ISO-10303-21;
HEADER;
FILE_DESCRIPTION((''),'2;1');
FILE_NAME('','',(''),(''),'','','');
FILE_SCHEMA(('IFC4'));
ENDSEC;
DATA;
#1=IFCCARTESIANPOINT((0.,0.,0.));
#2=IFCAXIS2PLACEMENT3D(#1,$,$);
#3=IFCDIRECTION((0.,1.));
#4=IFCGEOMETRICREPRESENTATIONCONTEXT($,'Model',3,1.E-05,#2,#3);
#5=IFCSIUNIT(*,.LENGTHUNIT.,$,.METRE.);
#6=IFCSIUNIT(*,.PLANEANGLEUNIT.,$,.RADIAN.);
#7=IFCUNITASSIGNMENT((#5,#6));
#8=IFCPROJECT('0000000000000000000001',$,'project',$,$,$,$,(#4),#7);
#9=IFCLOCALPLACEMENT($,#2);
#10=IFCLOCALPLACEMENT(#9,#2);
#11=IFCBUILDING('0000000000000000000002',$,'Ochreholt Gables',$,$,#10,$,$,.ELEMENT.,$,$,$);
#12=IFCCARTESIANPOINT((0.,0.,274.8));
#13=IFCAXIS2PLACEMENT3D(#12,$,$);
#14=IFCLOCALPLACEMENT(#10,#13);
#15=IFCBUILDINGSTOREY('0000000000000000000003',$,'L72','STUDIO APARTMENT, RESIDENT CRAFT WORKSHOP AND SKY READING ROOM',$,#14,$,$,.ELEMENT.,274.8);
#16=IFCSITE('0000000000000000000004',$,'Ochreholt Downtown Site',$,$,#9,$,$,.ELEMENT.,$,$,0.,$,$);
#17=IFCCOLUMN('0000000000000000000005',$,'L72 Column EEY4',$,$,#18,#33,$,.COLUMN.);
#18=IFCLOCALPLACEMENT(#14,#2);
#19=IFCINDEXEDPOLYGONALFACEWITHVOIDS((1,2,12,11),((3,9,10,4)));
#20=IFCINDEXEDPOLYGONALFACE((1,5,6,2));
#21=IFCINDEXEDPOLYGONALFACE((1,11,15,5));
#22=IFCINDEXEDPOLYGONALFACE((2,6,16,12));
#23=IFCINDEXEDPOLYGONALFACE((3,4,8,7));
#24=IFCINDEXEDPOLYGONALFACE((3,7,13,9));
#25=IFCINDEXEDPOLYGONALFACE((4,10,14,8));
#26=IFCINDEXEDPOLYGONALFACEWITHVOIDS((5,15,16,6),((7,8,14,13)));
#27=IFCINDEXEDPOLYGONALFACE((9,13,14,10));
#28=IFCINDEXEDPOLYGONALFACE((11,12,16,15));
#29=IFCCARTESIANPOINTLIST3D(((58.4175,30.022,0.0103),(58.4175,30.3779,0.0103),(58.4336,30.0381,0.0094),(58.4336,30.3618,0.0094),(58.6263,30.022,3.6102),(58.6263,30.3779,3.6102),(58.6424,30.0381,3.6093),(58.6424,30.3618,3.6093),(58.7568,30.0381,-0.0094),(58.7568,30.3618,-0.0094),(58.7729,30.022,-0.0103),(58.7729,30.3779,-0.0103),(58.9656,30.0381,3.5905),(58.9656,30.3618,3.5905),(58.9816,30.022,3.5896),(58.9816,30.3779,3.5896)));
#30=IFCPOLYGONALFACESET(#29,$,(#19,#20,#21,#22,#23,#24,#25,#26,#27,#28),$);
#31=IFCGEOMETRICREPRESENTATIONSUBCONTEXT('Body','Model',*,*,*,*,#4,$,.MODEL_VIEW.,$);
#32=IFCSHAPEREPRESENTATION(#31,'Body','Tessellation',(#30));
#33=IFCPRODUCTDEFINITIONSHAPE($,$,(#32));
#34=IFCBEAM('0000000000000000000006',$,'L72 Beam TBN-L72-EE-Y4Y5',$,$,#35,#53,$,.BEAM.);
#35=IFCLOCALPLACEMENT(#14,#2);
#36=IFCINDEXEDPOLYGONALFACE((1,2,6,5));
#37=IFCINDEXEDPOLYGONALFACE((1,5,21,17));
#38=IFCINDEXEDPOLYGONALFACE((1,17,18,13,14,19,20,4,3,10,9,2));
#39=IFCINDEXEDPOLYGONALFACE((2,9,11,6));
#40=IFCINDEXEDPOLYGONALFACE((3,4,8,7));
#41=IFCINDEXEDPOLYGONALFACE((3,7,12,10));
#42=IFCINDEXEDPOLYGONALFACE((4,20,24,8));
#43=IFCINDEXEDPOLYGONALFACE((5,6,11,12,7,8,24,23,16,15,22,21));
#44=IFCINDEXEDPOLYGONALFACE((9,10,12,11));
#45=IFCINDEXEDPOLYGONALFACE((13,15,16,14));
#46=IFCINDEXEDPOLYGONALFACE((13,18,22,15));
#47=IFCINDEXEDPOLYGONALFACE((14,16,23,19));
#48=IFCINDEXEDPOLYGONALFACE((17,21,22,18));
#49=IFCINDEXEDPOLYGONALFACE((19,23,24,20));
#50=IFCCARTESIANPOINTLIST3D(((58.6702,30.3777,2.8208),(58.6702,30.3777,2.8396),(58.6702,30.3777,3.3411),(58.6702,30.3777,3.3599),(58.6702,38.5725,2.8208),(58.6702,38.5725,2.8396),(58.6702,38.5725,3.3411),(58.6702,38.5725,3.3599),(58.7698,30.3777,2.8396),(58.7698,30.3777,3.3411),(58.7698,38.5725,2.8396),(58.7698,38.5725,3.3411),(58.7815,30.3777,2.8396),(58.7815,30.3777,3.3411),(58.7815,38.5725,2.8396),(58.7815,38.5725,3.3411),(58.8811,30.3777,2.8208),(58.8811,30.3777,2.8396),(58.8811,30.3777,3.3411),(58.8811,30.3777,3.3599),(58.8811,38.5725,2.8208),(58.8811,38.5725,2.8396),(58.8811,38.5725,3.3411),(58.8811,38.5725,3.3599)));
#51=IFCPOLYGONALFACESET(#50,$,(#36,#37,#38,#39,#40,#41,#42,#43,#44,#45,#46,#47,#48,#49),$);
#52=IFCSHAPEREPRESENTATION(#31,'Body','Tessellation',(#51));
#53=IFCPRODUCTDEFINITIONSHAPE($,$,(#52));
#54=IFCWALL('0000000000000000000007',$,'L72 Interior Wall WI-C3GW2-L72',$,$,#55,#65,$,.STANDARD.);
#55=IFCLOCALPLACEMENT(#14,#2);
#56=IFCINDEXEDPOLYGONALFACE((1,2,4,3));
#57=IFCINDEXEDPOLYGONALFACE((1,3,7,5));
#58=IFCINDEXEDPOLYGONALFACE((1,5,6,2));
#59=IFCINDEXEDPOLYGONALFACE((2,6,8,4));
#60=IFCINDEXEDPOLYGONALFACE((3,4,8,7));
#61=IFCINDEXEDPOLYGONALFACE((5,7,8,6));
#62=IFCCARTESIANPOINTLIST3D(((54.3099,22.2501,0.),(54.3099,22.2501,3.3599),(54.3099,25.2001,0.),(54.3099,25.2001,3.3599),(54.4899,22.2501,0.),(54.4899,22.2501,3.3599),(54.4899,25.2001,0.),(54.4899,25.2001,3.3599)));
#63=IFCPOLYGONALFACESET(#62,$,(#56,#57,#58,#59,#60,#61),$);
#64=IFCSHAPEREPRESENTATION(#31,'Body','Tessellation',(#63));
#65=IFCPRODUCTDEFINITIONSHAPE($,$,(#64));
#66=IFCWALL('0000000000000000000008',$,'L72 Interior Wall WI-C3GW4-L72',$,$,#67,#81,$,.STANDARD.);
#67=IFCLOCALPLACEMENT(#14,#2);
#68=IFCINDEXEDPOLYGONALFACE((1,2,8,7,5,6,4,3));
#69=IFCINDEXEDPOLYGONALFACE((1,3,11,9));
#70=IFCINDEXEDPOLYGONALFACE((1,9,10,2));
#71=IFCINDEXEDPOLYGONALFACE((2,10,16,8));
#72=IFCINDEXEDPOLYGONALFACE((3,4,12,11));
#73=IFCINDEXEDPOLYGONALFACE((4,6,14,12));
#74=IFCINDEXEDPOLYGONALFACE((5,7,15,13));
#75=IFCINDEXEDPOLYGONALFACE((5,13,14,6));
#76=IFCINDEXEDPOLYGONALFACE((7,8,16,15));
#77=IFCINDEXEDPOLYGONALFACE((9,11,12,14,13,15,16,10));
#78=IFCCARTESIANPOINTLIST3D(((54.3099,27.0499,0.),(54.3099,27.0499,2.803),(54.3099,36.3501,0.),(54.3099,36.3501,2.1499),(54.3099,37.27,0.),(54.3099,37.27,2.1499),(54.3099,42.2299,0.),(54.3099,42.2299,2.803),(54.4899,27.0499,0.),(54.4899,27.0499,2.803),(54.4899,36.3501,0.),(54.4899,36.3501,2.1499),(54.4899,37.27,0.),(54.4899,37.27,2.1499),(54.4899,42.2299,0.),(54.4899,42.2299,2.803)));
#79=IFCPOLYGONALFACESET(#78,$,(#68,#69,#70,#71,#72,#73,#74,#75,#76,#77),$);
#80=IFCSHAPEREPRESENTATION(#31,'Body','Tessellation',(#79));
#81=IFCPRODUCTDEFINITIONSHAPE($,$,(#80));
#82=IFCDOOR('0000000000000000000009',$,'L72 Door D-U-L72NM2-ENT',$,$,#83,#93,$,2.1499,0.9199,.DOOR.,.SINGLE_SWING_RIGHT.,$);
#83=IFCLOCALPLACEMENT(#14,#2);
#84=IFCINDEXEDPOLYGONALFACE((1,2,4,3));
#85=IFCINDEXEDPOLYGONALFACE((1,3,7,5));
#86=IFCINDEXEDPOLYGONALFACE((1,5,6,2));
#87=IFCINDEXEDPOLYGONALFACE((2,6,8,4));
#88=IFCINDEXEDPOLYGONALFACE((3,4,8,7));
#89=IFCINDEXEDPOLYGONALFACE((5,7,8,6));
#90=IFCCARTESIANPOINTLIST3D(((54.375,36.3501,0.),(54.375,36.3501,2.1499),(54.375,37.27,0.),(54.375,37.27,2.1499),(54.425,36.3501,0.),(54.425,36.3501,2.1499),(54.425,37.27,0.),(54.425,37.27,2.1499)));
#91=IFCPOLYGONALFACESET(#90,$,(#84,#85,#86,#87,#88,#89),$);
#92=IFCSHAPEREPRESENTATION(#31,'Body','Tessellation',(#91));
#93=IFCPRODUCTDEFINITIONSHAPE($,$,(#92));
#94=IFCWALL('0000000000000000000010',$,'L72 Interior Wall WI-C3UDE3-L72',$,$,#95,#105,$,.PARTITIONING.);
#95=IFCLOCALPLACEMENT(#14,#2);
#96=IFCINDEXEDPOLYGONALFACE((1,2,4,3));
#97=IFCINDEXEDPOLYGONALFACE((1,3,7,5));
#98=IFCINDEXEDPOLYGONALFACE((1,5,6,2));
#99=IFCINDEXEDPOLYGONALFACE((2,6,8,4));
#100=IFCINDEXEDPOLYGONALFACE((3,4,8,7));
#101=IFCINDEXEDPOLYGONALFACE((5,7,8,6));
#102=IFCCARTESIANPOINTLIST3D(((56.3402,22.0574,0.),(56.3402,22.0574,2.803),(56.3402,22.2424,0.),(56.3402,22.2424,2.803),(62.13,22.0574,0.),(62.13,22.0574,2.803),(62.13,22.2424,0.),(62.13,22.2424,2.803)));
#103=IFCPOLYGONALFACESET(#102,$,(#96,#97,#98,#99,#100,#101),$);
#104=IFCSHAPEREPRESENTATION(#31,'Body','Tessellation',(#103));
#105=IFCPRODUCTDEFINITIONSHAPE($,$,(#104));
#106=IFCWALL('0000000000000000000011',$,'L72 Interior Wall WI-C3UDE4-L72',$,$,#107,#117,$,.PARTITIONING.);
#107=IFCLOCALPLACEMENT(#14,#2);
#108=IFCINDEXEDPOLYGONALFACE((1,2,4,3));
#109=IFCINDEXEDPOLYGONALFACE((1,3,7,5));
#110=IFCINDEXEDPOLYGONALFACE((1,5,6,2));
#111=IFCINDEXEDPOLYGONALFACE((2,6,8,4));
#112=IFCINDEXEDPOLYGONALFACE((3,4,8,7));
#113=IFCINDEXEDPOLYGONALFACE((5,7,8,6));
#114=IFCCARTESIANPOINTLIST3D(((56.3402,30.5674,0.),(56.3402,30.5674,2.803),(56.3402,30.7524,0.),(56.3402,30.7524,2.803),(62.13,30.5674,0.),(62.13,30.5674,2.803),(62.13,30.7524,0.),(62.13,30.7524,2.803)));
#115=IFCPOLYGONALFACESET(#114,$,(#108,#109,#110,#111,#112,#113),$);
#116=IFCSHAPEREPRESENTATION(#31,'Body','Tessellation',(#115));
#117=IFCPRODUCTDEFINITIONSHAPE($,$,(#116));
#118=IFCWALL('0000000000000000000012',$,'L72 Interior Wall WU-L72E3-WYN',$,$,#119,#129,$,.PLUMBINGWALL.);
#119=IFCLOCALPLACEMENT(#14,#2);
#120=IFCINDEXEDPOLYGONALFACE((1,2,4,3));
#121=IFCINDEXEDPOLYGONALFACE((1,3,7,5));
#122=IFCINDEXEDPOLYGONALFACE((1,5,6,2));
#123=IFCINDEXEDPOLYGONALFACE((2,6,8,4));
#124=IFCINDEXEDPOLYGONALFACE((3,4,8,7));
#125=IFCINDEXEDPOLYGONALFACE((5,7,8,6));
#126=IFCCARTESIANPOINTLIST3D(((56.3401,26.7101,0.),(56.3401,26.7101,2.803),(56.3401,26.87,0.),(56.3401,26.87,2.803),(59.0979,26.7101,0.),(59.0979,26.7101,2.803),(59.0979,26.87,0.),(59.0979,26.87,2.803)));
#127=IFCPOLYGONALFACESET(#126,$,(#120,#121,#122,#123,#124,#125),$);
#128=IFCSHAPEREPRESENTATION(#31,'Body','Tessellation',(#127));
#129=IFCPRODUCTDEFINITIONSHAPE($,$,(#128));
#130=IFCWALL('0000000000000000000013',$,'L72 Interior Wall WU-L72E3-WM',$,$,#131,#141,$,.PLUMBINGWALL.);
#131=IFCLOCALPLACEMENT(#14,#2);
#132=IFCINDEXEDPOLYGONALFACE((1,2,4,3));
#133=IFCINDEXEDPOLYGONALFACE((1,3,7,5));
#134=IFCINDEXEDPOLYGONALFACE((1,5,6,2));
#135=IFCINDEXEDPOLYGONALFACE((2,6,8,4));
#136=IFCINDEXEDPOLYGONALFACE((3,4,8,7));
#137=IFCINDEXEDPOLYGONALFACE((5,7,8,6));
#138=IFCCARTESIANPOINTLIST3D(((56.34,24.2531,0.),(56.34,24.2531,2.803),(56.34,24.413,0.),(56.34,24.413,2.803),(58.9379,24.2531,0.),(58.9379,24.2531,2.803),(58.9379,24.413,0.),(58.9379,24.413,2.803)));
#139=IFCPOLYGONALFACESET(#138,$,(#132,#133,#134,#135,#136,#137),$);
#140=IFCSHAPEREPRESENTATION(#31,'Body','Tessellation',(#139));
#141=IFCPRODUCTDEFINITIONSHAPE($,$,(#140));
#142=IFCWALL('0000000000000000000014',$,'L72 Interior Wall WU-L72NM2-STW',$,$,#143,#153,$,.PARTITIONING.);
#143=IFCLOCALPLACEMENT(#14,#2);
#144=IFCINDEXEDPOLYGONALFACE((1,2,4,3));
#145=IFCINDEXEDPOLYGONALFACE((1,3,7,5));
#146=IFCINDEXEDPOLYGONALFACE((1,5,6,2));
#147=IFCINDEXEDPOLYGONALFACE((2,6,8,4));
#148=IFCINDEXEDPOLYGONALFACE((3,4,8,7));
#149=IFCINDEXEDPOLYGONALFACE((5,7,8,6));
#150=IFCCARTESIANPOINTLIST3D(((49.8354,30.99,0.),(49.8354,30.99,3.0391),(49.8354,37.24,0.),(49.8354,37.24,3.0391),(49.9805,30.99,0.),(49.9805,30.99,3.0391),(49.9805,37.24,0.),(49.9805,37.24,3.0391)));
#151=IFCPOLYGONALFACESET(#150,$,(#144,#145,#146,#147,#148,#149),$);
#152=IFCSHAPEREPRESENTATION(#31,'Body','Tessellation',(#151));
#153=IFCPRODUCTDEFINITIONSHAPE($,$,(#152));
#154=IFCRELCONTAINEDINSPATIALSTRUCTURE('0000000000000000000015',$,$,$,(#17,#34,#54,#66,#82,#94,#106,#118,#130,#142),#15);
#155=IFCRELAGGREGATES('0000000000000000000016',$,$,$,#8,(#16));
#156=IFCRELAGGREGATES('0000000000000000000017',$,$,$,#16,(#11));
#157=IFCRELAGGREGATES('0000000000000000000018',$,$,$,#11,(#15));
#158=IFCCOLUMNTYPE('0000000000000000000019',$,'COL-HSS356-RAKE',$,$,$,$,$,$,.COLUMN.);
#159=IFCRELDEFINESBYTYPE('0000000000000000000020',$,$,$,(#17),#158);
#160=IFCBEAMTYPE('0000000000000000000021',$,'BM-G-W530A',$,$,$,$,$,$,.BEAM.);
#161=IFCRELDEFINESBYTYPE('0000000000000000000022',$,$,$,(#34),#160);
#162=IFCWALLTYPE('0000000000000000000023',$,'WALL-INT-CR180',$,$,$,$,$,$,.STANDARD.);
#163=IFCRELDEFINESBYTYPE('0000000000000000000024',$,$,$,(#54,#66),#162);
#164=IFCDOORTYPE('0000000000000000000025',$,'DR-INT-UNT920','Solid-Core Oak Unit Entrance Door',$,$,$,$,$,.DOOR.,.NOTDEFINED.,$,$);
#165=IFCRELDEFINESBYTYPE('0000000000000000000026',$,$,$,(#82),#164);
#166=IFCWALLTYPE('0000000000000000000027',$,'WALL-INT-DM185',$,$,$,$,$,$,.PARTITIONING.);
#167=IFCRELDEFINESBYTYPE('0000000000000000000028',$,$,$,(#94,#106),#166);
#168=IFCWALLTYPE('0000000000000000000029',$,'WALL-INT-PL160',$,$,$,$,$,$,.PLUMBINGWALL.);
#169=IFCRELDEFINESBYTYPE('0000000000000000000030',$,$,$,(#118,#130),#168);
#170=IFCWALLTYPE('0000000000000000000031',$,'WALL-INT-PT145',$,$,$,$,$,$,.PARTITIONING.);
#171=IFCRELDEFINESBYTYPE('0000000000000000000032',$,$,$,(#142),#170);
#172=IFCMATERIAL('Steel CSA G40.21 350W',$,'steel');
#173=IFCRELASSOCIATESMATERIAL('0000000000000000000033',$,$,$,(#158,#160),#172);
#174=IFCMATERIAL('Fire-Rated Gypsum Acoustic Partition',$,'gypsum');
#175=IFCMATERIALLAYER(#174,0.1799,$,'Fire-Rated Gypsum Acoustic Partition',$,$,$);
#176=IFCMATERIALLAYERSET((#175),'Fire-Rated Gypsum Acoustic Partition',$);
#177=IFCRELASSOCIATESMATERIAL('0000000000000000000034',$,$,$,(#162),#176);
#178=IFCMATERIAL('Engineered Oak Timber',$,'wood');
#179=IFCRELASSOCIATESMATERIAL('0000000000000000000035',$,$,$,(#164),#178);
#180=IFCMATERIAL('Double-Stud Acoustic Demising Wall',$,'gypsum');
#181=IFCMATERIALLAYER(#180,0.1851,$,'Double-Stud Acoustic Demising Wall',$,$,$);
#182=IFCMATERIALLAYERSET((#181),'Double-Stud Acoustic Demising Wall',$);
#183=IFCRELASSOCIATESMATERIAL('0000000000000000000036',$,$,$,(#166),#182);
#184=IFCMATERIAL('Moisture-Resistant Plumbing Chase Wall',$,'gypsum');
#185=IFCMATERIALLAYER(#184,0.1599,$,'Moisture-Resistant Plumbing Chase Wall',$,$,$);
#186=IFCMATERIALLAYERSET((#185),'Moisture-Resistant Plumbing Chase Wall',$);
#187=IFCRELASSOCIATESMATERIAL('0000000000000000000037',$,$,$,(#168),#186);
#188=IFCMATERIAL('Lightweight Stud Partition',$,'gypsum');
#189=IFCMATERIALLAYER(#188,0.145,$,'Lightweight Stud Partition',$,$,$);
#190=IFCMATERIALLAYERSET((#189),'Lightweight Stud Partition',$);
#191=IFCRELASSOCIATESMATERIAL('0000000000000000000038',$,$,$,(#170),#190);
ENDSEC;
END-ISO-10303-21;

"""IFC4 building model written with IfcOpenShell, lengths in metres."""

from ifc_helpers import new_model, si_unit, direction, frame, frame_2d, origin, origin_2d, place, context, subcontext, project, spatial, rectangle, hollow_rectangle, i_section, extrude, material, layer, layer_set, material_profile, profile_set, type_object, element, fill, save


model = new_model("IFC4")

# Units and contexts
model_context = context("Model", 3, precision=1e-05, world=origin(), true_north=direction((0.0, 1.0)))
body_context = subcontext(model_context, "Body", "Model", "MODEL_VIEW")
ifc_project = project(units=[si_unit("LENGTHUNIT", "METRE"), si_unit("PLANEANGLEUNIT", "RADIAN")], contexts=[model_context])

# Site, building, storey
site_placement = place(None, origin())
site = spatial("IfcSite", under=ifc_project, at=site_placement, Name="Ochreholt Downtown Site", CompositionType="ELEMENT", RefElevation=0.0)
building_placement = place(site_placement, origin())
building = spatial("IfcBuilding", under=site, at=building_placement, Name="Ochreholt Gables", CompositionType="ELEMENT")
storey_placement = place(building_placement, frame((0.0, 0.0, 274.8)))
storey = spatial("IfcBuildingStorey", under=building, at=storey_placement, Name="L72", Description="STUDIO APARTMENT, RESIDENT CRAFT WORKSHOP AND SKY READING ROOM", CompositionType="ELEMENT", Elevation=274.8)

# Column
ifc_material_1 = material(Name="Steel CSA G40.21 350W", Category="steel")
ifc_material_profile_1 = material_profile(ifc_material_1, hollow_rectangle(XDim=0.356, YDim=0.356, WallThickness=0.0161, at=origin_2d()), Name="HSS356X356X16")
ifc_profile_set_1 = profile_set([ifc_material_profile_1], Name="Steel CSA G40.21 350W")
column_type = type_object("IfcColumnType", Name="COL-HSS356-RAKE", PredefinedType="COLUMN", material=ifc_profile_set_1)
column_placement = place(storey_placement, frame((58.5952, 30.2, 0.0), z_axis=(0.057889, 0.0, 0.998323), x_axis=(0.0, 1.0, 0.0)))
element("IfcColumn", 1, at=column_placement, inside=storey, type_object=column_type, Name="L72 Column EEY4", PredefinedType="COLUMN", context=body_context, shape_type="SweptSolid", body=[
    extrude(hollow_rectangle(XDim=0.356, YDim=0.356, WallThickness=0.0161, at=origin_2d()), origin(), (0.0, 0.0, 1.0), 3.606),
])

# Beam
ifc_material_profile_2 = material_profile(ifc_material_1, i_section(OverallWidth=0.2109, OverallDepth=0.5391, WebThickness=0.0117, FlangeThickness=0.0188, at=origin_2d()), Name="W530X109")
ifc_profile_set_2 = profile_set([ifc_material_profile_2], Name="Steel CSA G40.21 350W")
beam_type = type_object("IfcBeamType", Name="BM-G-W530A", PredefinedType="BEAM", material=ifc_profile_set_2)
beam_placement = place(storey_placement, frame((58.7756, 30.3777, 3.0903), z_axis=(0.0, 1.0, 0.0), x_axis=(-1.0, 0.0, 0.0)))
element("IfcBeam", 2, at=beam_placement, inside=storey, type_object=beam_type, Name="L72 Beam TBN-L72-EE-Y4Y5", PredefinedType="BEAM", context=body_context, shape_type="SweptSolid", body=[
    extrude(i_section(OverallWidth=0.2109, OverallDepth=0.5391, WebThickness=0.0117, FlangeThickness=0.0188, at=origin_2d()), origin(), (0.0, 0.0, 1.0), 8.1948),
])

# Wall
ifc_material_2 = material(Name="Fire-Rated Gypsum Acoustic Partition", Category="gypsum")
ifc_layer_1 = layer(ifc_material_2, 0.1799, Name="Fire-Rated Gypsum Acoustic Partition")
ifc_layer_set_1 = layer_set([ifc_layer_1], Name="Fire-Rated Gypsum Acoustic Partition")
wall_type_1 = type_object("IfcWallType", Name="WALL-INT-CR180", PredefinedType="STANDARD", material=ifc_layer_set_1)
wall_1_placement = place(storey_placement, frame((54.3999, 22.25, 0.0), z_axis=(0.0, 0.0, 1.0), x_axis=(0.0, 1.0, 0.0)))
element("IfcWall", 3, at=wall_1_placement, inside=storey, type_object=wall_type_1, Name="L72 Interior Wall WI-C3GW2-L72", PredefinedType="STANDARD", context=body_context, shape_type="SweptSolid", body=[
    extrude(rectangle(XDim=2.95, YDim=0.1799, at=frame_2d((1.4751, 0.0))), origin(), (0.0, 0.0, 1.0), 3.3599),
])

# Wall, opening, door
wall_2_placement = place(storey_placement, frame((54.3999, 27.05, 0.0), z_axis=(0.0, 0.0, 1.0), x_axis=(0.0, 1.0, 0.0)))
wall_2 = element("IfcWall", 4, at=wall_2_placement, inside=storey, type_object=wall_type_1, Name="L72 Interior Wall WI-C3GW4-L72", PredefinedType="STANDARD", context=body_context, shape_type="SweptSolid", body=[
    extrude(rectangle(XDim=15.1799, YDim=0.1799, at=frame_2d((7.5898, 0.0))), origin(), (0.0, 0.0, 1.0), 2.803),
])
opening_1_placement = place(wall_2_placement, frame((9.3, 0.0, 0.0)))
opening_1 = element("IfcOpeningElement", 5, at=opening_1_placement, cuts=wall_2, PredefinedType="OPENING", context=body_context, shape_type="SweptSolid", body=[
    extrude(rectangle(XDim=0.9199, YDim=2.1499, at=frame_2d((0.46, 1.075))), frame((0.0, 0.0999, 0.0), z_axis=(0.0, -1.0, 0.0), x_axis=(1.0, 0.0, 0.0)), (0.0, 0.0, 1.0), 0.2),
])
ifc_material_3 = material(Name="Engineered Oak Timber", Category="wood")
door_type_1 = type_object("IfcDoorType", Name="DR-INT-UNT920", Description="Solid-Core Oak Unit Entrance Door", OperationType="NOTDEFINED", PredefinedType="DOOR", material=ifc_material_3)
door_1_placement = place(opening_1_placement, origin())
door_1 = element("IfcDoor", 6, at=door_1_placement, inside=storey, type_object=door_type_1, Name="L72 Door D-U-L72NM2-ENT", OperationType="SINGLE_SWING_RIGHT", OverallHeight=2.1499, OverallWidth=0.9199, PredefinedType="DOOR", context=body_context, shape_type="SweptSolid", body=[
    extrude(rectangle(XDim=0.9199, YDim=2.1499, at=frame_2d((0.46, 1.075))), frame((0.0, 0.0249, 0.0), z_axis=(0.0, -1.0, 0.0), x_axis=(1.0, 0.0, 0.0)), (0.0, 0.0, 1.0), 0.05),
])
fill(opening_1, door_1)

# Walls
ifc_material_4 = material(Name="Double-Stud Acoustic Demising Wall", Category="gypsum")
ifc_layer_2 = layer(ifc_material_4, 0.1851, Name="Double-Stud Acoustic Demising Wall")
ifc_layer_set_2 = layer_set([ifc_layer_2], Name="Double-Stud Acoustic Demising Wall")
wall_type_2 = type_object("IfcWallType", Name="WALL-INT-DM185", PredefinedType="PARTITIONING", material=ifc_layer_set_2)
for number, where, z_axis, x_axis, name in (
    (7, (56.3401, 22.1499, 0.0), (0.0, 0.0, 1.0), (1.0, 0.0, 0.0), "L72 Interior Wall WI-C3UDE3-L72"),
    (8, (56.3401, 30.6599, 0.0), (0.0, 0.0, 1.0), (1.0, 0.0, 0.0), "L72 Interior Wall WI-C3UDE4-L72"),
):
    element("IfcWall", number, at=place(storey_placement, frame(where, z_axis=z_axis, x_axis=x_axis)), inside=storey, type_object=wall_type_2, Name=name, PredefinedType="PARTITIONING", context=body_context, shape_type="SweptSolid", body=[
        extrude(rectangle(XDim=5.7898, YDim=0.1851, at=frame_2d((2.895, 0.0))), origin(), (0.0, 0.0, 1.0), 2.803),
    ])
ifc_material_5 = material(Name="Moisture-Resistant Plumbing Chase Wall", Category="gypsum")
ifc_layer_3 = layer(ifc_material_5, 0.1599, Name="Moisture-Resistant Plumbing Chase Wall")
ifc_layer_set_3 = layer_set([ifc_layer_3], Name="Moisture-Resistant Plumbing Chase Wall")
wall_type_3 = type_object("IfcWallType", Name="WALL-INT-PL160", PredefinedType="PLUMBINGWALL", material=ifc_layer_set_3)
wall_3_placement = place(storey_placement, frame((56.3401, 26.79, 0.0), z_axis=(0.0, 0.0, 1.0), x_axis=(1.0, 0.0, 0.0)))
element("IfcWall", 9, at=wall_3_placement, inside=storey, type_object=wall_type_3, Name="L72 Interior Wall WU-L72E3-WYN", PredefinedType="PLUMBINGWALL", context=body_context, shape_type="SweptSolid", body=[
    extrude(rectangle(XDim=2.7578, YDim=0.1599, at=frame_2d((1.3789, 0.0))), origin(), (0.0, 0.0, 1.0), 2.803),
])

# Wall
wall_4_placement = place(storey_placement, frame((56.3401, 24.333, 0.0), z_axis=(0.0, 0.0, 1.0), x_axis=(1.0, 0.0, 0.0)))
element("IfcWall", 10, at=wall_4_placement, inside=storey, type_object=wall_type_3, Name="L72 Interior Wall WU-L72E3-WM", PredefinedType="PLUMBINGWALL", context=body_context, shape_type="SweptSolid", body=[
    extrude(rectangle(XDim=2.5979, YDim=0.1599, at=frame_2d((1.2988, 0.0))), origin(), (0.0, 0.0, 1.0), 2.803),
])

# Wall
ifc_material_6 = material(Name="Lightweight Stud Partition", Category="gypsum")
ifc_layer_4 = layer(ifc_material_6, 0.145, Name="Lightweight Stud Partition")
ifc_layer_set_4 = layer_set([ifc_layer_4], Name="Lightweight Stud Partition")
wall_type_4 = type_object("IfcWallType", Name="WALL-INT-PT145", PredefinedType="PARTITIONING", material=ifc_layer_set_4)
wall_5_placement = place(storey_placement, frame((49.908, 30.99, 0.0), z_axis=(0.0, 0.0, 1.0), x_axis=(0.0, 1.0, 0.0)))
element("IfcWall", 11, at=wall_5_placement, inside=storey, type_object=wall_type_4, Name="L72 Interior Wall WU-L72NM2-STW", PredefinedType="PARTITIONING", context=body_context, shape_type="SweptSolid", body=[
    extrude(rectangle(XDim=6.25, YDim=0.145, at=frame_2d((3.125, 0.0))), origin(), (0.0, 0.0, 1.0), 3.0391),
])

save(model, "model.ifc")
